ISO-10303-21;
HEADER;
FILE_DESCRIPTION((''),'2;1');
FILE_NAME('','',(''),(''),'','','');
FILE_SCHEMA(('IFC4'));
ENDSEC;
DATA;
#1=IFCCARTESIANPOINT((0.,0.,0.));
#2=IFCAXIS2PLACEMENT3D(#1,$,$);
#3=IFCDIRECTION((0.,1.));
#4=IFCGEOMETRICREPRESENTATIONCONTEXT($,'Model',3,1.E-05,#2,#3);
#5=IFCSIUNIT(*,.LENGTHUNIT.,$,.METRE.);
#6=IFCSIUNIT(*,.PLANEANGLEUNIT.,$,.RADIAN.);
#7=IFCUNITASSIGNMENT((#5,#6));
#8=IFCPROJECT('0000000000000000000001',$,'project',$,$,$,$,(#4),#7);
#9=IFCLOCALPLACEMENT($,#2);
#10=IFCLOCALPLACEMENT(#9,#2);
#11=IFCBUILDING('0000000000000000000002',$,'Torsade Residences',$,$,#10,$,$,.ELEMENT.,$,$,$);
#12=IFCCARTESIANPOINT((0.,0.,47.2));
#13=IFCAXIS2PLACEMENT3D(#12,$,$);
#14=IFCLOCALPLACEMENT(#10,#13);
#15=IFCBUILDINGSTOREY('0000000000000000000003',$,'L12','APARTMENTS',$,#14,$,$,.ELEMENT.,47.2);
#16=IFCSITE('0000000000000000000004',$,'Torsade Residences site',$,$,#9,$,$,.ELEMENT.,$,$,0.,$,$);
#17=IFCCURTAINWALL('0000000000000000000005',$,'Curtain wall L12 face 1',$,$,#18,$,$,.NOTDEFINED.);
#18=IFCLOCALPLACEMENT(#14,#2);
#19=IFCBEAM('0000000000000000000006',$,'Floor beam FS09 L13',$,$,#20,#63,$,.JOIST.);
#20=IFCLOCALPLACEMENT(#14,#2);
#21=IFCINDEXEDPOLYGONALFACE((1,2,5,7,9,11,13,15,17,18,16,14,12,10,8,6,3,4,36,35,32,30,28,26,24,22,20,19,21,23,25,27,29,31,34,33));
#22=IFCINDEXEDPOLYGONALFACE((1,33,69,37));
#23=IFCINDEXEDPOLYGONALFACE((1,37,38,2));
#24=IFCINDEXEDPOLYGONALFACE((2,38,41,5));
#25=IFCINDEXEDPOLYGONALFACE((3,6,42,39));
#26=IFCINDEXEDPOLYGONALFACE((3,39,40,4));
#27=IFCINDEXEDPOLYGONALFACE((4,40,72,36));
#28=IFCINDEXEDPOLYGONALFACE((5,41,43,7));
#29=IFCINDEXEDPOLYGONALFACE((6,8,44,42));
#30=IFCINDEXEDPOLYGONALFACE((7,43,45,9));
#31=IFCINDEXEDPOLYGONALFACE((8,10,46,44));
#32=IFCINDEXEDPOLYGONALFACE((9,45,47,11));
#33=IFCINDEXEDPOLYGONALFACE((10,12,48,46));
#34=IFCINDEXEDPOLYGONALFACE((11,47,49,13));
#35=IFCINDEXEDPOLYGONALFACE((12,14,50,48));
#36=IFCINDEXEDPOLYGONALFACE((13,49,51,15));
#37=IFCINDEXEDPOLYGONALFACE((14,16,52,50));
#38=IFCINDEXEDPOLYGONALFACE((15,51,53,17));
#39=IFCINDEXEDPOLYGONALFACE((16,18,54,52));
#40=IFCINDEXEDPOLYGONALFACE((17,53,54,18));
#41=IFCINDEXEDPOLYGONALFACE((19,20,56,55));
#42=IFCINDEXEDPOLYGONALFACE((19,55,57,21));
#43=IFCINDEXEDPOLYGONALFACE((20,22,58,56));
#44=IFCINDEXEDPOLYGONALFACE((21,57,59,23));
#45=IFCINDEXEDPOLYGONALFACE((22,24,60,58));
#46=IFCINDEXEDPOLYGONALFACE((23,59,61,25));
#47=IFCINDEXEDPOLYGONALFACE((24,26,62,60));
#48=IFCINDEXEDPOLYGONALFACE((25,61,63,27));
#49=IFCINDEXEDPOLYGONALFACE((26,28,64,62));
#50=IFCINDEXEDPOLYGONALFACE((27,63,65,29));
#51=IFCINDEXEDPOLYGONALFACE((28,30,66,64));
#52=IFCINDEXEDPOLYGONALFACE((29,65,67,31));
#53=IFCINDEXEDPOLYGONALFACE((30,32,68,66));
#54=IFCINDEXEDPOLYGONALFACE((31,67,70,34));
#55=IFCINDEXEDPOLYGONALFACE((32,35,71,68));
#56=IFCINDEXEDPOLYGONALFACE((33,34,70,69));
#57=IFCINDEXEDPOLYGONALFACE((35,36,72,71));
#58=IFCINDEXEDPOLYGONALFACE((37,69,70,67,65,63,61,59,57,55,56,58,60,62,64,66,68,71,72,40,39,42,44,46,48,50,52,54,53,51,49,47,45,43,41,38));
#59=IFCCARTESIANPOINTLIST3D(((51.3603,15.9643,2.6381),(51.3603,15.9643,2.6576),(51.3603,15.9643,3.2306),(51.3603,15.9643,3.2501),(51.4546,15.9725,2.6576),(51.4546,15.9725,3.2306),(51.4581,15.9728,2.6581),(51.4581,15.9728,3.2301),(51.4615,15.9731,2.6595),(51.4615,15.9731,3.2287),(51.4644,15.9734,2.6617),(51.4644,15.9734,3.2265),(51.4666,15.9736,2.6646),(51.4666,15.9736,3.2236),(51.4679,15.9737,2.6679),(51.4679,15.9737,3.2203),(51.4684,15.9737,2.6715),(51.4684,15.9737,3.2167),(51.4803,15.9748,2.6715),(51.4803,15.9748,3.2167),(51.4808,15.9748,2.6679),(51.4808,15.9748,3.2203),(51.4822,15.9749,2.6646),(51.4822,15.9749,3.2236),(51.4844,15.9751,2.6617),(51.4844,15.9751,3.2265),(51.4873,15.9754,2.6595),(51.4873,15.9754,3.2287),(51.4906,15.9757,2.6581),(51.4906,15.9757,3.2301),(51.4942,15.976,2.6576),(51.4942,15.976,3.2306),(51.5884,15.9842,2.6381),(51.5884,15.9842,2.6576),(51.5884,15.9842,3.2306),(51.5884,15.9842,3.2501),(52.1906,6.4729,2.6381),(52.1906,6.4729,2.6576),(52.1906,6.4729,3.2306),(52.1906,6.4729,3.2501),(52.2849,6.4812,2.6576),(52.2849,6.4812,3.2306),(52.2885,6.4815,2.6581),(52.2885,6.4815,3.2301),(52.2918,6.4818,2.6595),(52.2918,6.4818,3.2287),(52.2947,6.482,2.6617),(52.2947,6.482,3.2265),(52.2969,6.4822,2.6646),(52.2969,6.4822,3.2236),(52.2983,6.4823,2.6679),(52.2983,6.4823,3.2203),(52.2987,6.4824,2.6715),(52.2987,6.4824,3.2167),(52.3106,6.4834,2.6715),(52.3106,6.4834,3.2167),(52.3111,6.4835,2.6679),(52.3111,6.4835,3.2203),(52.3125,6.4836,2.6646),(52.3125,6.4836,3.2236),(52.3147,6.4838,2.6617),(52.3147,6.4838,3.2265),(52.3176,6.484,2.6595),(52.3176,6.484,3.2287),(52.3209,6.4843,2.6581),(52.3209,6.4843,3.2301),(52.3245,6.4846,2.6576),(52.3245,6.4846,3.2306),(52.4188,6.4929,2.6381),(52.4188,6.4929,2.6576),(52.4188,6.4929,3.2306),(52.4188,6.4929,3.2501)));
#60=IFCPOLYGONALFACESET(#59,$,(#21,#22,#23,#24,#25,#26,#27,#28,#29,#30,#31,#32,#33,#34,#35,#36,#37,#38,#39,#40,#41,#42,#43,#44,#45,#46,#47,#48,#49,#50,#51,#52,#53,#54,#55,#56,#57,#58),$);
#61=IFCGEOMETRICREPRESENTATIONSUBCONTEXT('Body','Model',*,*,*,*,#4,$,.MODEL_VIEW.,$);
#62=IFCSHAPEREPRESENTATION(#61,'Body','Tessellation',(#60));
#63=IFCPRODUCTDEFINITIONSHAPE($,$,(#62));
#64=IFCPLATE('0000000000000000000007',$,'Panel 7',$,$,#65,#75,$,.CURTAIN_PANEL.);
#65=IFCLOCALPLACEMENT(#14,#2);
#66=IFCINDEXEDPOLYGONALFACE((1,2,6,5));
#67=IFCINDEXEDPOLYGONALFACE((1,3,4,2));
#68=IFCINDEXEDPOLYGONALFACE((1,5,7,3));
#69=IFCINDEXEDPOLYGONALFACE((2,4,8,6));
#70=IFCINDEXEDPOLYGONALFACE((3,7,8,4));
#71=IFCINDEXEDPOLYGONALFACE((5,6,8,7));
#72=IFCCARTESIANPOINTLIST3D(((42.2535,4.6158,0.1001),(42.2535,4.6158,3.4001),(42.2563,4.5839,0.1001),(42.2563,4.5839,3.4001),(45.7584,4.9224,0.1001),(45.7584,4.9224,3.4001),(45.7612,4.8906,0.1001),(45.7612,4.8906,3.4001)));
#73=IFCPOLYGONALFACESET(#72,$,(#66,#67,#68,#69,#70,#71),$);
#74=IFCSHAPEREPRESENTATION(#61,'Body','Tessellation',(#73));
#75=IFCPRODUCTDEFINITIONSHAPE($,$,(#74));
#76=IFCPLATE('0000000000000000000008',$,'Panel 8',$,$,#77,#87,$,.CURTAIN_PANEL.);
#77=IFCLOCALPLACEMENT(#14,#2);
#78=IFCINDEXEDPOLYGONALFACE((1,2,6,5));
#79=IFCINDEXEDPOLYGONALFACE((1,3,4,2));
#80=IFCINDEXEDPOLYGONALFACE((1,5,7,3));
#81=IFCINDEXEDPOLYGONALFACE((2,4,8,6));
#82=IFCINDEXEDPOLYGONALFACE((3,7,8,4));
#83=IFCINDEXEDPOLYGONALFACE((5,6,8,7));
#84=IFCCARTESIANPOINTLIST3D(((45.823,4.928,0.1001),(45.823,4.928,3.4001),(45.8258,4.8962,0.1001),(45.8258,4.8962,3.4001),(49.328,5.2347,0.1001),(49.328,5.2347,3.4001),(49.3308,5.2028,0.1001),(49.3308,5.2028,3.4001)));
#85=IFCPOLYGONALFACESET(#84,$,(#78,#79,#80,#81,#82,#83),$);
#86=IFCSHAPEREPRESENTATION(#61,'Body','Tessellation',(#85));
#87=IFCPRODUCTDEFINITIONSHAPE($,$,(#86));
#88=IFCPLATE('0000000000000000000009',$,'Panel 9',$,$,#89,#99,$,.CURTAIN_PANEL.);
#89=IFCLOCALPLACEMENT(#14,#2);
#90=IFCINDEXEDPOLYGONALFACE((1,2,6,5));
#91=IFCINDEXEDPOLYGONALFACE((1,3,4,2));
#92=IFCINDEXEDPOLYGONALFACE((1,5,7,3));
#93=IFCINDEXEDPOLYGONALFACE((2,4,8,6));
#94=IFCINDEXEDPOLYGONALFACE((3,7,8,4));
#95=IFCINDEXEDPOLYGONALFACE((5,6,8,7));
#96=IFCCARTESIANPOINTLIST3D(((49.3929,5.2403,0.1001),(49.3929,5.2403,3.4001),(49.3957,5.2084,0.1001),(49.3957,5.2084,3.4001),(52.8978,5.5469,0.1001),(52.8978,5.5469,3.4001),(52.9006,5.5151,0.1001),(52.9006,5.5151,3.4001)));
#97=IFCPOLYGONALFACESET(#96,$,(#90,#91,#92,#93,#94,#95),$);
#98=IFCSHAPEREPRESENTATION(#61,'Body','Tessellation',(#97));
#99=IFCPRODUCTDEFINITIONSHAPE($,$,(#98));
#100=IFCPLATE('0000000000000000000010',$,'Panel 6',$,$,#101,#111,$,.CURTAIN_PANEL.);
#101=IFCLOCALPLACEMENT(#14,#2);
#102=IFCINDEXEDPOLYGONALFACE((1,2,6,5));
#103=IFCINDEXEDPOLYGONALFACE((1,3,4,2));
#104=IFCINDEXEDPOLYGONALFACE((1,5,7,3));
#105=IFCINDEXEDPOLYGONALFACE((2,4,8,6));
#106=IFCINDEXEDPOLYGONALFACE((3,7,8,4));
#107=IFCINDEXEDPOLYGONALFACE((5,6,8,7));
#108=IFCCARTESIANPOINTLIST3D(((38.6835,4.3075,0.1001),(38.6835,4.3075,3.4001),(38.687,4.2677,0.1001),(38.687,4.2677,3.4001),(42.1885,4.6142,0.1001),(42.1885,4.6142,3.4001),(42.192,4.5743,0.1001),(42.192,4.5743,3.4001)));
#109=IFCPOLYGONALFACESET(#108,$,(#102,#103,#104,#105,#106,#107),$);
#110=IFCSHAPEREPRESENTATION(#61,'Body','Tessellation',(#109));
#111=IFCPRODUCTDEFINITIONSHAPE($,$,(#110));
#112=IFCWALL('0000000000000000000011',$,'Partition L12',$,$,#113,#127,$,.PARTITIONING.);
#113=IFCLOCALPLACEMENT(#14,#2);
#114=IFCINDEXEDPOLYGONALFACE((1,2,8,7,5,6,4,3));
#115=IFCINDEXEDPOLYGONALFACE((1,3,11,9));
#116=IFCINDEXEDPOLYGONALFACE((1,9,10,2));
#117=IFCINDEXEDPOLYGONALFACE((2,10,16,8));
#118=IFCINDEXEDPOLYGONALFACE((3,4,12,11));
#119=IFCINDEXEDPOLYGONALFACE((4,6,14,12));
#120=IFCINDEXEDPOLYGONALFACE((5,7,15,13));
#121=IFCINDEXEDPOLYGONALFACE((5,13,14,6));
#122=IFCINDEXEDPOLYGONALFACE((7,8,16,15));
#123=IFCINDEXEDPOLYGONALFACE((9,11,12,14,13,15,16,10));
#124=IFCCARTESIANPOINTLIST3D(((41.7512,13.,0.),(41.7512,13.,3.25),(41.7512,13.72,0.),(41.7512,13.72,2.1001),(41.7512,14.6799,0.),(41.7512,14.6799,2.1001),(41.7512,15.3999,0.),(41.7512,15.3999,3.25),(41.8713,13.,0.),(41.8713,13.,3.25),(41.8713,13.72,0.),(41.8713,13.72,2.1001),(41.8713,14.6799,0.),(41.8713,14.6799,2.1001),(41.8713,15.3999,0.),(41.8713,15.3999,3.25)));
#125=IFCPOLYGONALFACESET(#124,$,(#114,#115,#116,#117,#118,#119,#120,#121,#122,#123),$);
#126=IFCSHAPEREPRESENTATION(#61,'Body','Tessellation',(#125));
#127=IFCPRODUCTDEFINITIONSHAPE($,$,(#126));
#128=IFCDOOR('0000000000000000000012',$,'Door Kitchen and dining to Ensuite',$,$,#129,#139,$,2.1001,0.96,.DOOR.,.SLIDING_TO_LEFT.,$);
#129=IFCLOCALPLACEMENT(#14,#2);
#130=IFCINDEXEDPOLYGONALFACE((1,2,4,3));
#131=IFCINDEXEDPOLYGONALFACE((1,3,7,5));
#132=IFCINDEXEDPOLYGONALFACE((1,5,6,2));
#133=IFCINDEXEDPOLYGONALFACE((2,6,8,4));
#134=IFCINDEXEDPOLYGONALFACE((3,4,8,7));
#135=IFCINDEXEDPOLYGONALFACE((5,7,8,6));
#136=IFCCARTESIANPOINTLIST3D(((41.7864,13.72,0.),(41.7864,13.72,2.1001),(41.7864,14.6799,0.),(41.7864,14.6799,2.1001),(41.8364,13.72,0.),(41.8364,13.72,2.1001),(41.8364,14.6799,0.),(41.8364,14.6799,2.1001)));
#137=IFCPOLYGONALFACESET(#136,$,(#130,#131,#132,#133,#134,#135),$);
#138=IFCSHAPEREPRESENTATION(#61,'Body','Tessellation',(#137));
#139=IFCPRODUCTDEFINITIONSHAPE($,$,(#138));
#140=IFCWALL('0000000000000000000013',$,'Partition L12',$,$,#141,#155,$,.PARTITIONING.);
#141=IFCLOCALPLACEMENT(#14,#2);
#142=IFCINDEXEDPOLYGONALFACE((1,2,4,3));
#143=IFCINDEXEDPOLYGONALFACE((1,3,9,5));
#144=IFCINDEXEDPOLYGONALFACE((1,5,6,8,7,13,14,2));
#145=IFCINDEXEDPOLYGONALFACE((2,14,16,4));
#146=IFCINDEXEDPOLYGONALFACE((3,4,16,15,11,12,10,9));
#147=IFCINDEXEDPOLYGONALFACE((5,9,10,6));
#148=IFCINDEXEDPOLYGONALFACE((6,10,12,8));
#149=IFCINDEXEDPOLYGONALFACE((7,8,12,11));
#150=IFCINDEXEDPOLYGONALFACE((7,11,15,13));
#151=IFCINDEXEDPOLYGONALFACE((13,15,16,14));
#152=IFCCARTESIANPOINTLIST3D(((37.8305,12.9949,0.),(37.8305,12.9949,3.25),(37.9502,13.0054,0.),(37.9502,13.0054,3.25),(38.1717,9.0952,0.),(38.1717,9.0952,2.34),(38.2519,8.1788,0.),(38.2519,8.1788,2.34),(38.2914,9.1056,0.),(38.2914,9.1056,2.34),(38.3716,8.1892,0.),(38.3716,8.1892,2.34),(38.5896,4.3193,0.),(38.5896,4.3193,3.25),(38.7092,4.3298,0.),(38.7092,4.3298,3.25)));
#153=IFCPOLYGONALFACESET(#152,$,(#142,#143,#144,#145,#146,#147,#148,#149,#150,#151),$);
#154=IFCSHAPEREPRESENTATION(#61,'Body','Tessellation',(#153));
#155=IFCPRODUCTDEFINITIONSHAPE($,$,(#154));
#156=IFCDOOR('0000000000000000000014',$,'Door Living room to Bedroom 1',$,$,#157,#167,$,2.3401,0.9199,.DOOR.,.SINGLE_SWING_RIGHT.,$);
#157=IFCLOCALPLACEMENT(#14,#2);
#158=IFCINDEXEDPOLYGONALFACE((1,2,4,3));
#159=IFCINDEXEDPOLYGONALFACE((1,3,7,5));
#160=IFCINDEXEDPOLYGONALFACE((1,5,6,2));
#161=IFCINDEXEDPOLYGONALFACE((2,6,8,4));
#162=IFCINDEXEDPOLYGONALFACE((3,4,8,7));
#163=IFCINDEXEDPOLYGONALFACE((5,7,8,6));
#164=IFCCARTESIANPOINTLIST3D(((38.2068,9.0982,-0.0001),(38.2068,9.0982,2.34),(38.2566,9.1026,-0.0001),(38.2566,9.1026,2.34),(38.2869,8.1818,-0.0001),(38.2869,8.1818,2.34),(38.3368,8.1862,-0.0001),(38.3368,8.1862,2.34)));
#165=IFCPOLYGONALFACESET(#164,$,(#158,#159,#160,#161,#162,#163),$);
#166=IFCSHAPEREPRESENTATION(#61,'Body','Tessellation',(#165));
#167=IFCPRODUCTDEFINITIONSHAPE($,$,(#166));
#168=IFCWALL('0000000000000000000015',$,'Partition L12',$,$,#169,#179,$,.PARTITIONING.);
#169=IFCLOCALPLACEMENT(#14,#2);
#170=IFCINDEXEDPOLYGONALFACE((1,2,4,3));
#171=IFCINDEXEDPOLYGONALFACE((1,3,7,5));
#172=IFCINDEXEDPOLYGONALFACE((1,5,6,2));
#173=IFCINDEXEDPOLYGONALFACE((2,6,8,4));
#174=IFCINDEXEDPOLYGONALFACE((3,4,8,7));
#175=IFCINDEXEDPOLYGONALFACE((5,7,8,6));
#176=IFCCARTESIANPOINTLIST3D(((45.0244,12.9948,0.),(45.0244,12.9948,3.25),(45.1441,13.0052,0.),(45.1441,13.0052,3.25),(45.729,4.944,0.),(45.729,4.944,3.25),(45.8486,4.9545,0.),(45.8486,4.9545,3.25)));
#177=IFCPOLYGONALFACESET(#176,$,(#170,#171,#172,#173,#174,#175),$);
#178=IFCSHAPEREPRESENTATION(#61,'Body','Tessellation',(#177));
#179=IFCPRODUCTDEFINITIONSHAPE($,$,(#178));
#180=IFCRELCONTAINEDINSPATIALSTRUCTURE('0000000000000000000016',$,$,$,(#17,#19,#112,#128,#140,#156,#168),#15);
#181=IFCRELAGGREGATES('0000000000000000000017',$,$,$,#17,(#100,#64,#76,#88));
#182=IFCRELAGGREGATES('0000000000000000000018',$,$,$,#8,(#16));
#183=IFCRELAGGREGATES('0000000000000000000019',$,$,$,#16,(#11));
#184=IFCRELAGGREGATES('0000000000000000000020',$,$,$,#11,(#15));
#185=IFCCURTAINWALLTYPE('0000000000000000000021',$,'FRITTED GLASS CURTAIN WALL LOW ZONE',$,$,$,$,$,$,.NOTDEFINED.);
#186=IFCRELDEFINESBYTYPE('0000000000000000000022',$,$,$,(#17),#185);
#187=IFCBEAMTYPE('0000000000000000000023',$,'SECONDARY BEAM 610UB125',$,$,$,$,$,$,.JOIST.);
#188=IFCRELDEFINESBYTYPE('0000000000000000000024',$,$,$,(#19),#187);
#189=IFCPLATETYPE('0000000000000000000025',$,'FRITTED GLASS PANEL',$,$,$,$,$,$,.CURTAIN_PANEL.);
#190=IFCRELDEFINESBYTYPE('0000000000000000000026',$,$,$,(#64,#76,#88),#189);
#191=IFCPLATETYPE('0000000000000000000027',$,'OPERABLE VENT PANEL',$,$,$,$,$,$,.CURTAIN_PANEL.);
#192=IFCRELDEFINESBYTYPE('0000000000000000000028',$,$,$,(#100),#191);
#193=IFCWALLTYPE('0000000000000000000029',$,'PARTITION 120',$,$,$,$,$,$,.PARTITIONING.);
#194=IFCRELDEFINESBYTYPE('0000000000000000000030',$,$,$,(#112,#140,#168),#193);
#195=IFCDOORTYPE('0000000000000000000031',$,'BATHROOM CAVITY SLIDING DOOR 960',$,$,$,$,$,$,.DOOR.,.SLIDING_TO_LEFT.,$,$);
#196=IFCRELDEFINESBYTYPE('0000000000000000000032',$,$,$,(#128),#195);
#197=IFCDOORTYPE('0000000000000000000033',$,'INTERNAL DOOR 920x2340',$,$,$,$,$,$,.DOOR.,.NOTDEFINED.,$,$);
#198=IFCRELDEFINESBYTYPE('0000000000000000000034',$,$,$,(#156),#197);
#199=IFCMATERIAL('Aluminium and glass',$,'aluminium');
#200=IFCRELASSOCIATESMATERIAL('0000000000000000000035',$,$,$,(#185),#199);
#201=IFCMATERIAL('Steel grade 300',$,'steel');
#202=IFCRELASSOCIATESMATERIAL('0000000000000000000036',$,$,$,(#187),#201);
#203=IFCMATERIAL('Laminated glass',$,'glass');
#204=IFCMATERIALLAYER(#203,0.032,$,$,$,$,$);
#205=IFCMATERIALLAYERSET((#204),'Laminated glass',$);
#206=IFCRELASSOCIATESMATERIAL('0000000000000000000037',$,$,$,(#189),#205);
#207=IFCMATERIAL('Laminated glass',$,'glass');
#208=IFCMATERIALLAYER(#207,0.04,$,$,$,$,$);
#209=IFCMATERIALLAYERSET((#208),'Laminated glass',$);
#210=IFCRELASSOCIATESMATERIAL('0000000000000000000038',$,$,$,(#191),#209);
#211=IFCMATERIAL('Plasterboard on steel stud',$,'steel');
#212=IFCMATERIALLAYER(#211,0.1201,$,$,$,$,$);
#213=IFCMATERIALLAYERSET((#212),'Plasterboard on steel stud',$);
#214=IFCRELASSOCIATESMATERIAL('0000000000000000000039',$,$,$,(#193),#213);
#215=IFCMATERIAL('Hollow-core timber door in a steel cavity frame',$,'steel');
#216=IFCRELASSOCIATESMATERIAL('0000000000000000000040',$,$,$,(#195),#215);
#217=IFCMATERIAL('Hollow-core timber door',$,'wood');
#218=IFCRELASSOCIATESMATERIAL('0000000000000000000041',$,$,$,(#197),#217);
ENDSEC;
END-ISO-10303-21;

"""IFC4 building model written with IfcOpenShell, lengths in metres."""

from ifc_helpers import new_model, si_unit, direction, frame, frame_2d, origin, origin_2d, place, context, subcontext, project, spatial, rectangle, i_section, extrude, material, layer, layer_set, material_profile, profile_set, type_object, element, fill, aggregate, save


model = new_model("IFC4")

# Units and contexts
model_context = context("Model", 3, precision=1e-05, world=origin(), true_north=direction((0.0, 1.0)))
body_context = subcontext(model_context, "Body", "Model", "MODEL_VIEW")
ifc_project = project(units=[si_unit("LENGTHUNIT", "METRE"), si_unit("PLANEANGLEUNIT", "RADIAN")], contexts=[model_context])

# Site, building, storey
site_placement = place(None, origin())
site = spatial("IfcSite", under=ifc_project, at=site_placement, Name="Torsade Residences site", CompositionType="ELEMENT", RefElevation=0.0)
building_placement = place(site_placement, origin())
building = spatial("IfcBuilding", under=site, at=building_placement, Name="Torsade Residences", CompositionType="ELEMENT")
storey_placement = place(building_placement, frame((0.0, 0.0, 47.2)))
storey = spatial("IfcBuildingStorey", under=building, at=storey_placement, Name="L12", Description="APARTMENTS", CompositionType="ELEMENT", Elevation=47.2)

# Curtain wall
ifc_material_1 = material(Name="Aluminium and glass", Category="aluminium")
curtain_wall_type = type_object("IfcCurtainWallType", Name="FRITTED GLASS CURTAIN WALL LOW ZONE", PredefinedType="NOTDEFINED", material=ifc_material_1)
curtain_wall_placement = place(storey_placement, origin())
curtain_wall = element("IfcCurtainWall", 1, at=curtain_wall_placement, inside=storey, type_object=curtain_wall_type, Name="Curtain wall L12 face 1", PredefinedType="NOTDEFINED")

# Beam
ifc_material_2 = material(Name="Steel grade 300", Category="steel")
ifc_material_profile_1 = material_profile(ifc_material_2, i_section(OverallWidth=0.229, OverallDepth=0.6121, WebThickness=0.012, FlangeThickness=0.0195, FilletRadius=0.0139, at=origin_2d()), Name="610UB125")
ifc_profile_set_1 = profile_set([ifc_material_profile_1], Name="Steel grade 300")
beam_type_1 = type_object("IfcBeamType", Name="SECONDARY BEAM 610UB125", PredefinedType="JOIST", material=ifc_profile_set_1)
beam_1_placement = place(storey_placement, frame((52.3047, 6.4829, 2.9441), z_axis=(-0.087148, 0.996195, 0.0), x_axis=(-0.996195, -0.087148, 0.0)))
element("IfcBeam", 2, at=beam_1_placement, inside=storey, type_object=beam_type_1, Name="Floor beam FS09 L13", PredefinedType="JOIST", context=body_context, shape_type="SweptSolid", body=[
    extrude(i_section(OverallWidth=0.229, OverallDepth=0.6121, WebThickness=0.012, FlangeThickness=0.0195, FilletRadius=0.0139, at=origin_2d()), origin(), (0.0, 0.0, 1.0), 9.5276),
])

# Plates
ifc_material_3 = material(Name="Laminated glass", Category="glass")
ifc_layer_1 = layer(ifc_material_3, 0.032)
ifc_layer_set_1 = layer_set([ifc_layer_1], Name="Laminated glass")
plate_type_1 = type_object("IfcPlateType", Name="FRITTED GLASS PANEL", PredefinedType="CURTAIN_PANEL", material=ifc_layer_set_1)
plate_1_placement = place(storey_placement, frame((44.0073, 4.7532, 0.1001), z_axis=(0.0, 0.0, 1.0), x_axis=(0.996195, 0.087156, 0.0)))
plate_1 = element("IfcPlate", 3, at=plate_1_placement, type_object=plate_type_1, Name="Panel 7", PredefinedType="CURTAIN_PANEL", context=body_context, shape_type="SweptSolid", body=[
    extrude(rectangle(XDim=3.5183, YDim=0.032, at=origin_2d()), origin(), (0.0, 0.0, 1.0), 3.3),
])
plate_2_placement = place(storey_placement, frame((47.5769, 5.0654, 0.1001), z_axis=(0.0, 0.0, 1.0), x_axis=(0.996195, 0.087156, 0.0)))
plate_2 = element("IfcPlate", 4, at=plate_2_placement, type_object=plate_type_1, Name="Panel 8", PredefinedType="CURTAIN_PANEL", context=body_context, shape_type="SweptSolid", body=[
    extrude(rectangle(XDim=3.5183, YDim=0.032, at=origin_2d()), origin(), (0.0, 0.0, 1.0), 3.3),
])
plate_3_placement = place(storey_placement, frame((51.1467, 5.3777, 0.1001), z_axis=(0.0, 0.0, 1.0), x_axis=(0.996195, 0.087156, 0.0)))
plate_3 = element("IfcPlate", 5, at=plate_3_placement, type_object=plate_type_1, Name="Panel 9", PredefinedType="CURTAIN_PANEL", context=body_context, shape_type="SweptSolid", body=[
    extrude(rectangle(XDim=3.5183, YDim=0.032, at=origin_2d()), origin(), (0.0, 0.0, 1.0), 3.3),
])
ifc_material_4 = material(Name="Laminated glass", Category="glass")
ifc_layer_2 = layer(ifc_material_4, 0.04)
ifc_layer_set_2 = layer_set([ifc_layer_2], Name="Laminated glass")
plate_type_2 = type_object("IfcPlateType", Name="OPERABLE VENT PANEL", PredefinedType="CURTAIN_PANEL", material=ifc_layer_set_2)
plate_4_placement = place(storey_placement, frame((40.4377, 4.4409, 0.1001), z_axis=(0.0, 0.0, 1.0), x_axis=(0.996195, 0.087156, 0.0)))
plate_4 = element("IfcPlate", 6, at=plate_4_placement, type_object=plate_type_2, Name="Panel 6", PredefinedType="CURTAIN_PANEL", context=body_context, shape_type="SweptSolid", body=[
    extrude(rectangle(XDim=3.5183, YDim=0.04, at=origin_2d()), origin(), (0.0, 0.0, 1.0), 3.3),
])
aggregate(curtain_wall, [plate_4, plate_1, plate_2, plate_3])

# Walls, openings, doors
ifc_material_5 = material(Name="Plasterboard on steel stud", Category="steel")
ifc_layer_3 = layer(ifc_material_5, 0.1201)
ifc_layer_set_3 = layer_set([ifc_layer_3], Name="Plasterboard on steel stud")
wall_type_1 = type_object("IfcWallType", Name="PARTITION 120", PredefinedType="PARTITIONING", material=ifc_layer_set_3)
wall_1_placement = place(storey_placement, frame((41.8113, 13.0, 0.0), z_axis=(0.0, 0.0, 1.0), x_axis=(0.0, 1.0, 0.0)))
wall_1 = element("IfcWall", 7, at=wall_1_placement, inside=storey, type_object=wall_type_1, Name="Partition L12", PredefinedType="PARTITIONING", context=body_context, shape_type="SweptSolid", body=[
    extrude(rectangle(XDim=2.3999, YDim=0.1201, at=frame_2d((1.2, 0.0))), origin(), (0.0, 0.0, 1.0), 3.25),
])
opening_1_placement = place(wall_1_placement, frame((0.72, 0.0, 0.0)))
opening_1 = element("IfcOpeningElement", 8, at=opening_1_placement, cuts=wall_1, PredefinedType="OPENING", context=body_context, shape_type="SweptSolid", body=[
    extrude(rectangle(XDim=0.96, YDim=2.1001, at=frame_2d((0.48, 1.05))), frame((0.0, 0.0701, 0.0), z_axis=(0.0, -1.0, 0.0), x_axis=(1.0, 0.0, 0.0)), (0.0, 0.0, 1.0), 0.1401),
])
ifc_material_6 = material(Name="Hollow-core timber door in a steel cavity frame", Category="steel")
door_type_1 = type_object("IfcDoorType", Name="BATHROOM CAVITY SLIDING DOOR 960", OperationType="SLIDING_TO_LEFT", PredefinedType="DOOR", material=ifc_material_6)
door_1_placement = place(opening_1_placement, origin())
door_1 = element("IfcDoor", 9, at=door_1_placement, inside=storey, type_object=door_type_1, Name="Door Kitchen and dining to Ensuite", OperationType="SLIDING_TO_LEFT", OverallHeight=2.1001, OverallWidth=0.96, PredefinedType="DOOR", context=body_context, shape_type="SweptSolid", body=[
    extrude(rectangle(XDim=0.96, YDim=2.1001, at=frame_2d((0.48, 1.05))), frame((0.0, 0.0249, 0.0), z_axis=(0.0, -1.0, 0.0), x_axis=(1.0, 0.0, 0.0)), (0.0, 0.0, 1.0), 0.05),
])
fill(opening_1, door_1)
wall_2_placement = place(storey_placement, frame((38.6494, 4.3245, 0.0), z_axis=(0.0, 0.0, 1.0), x_axis=(-0.087158, 0.996194, 0.0)))
wall_2 = element("IfcWall", 10, at=wall_2_placement, inside=storey, type_object=wall_type_1, Name="Partition L12", PredefinedType="PARTITIONING", context=body_context, shape_type="SweptSolid", body=[
    extrude(rectangle(XDim=8.7087, YDim=0.1201, at=frame_2d((4.3545, 0.0))), origin(), (0.0, 0.0, 1.0), 3.25),
])
opening_2_placement = place(wall_2_placement, frame((3.8743, 0.0, 0.0)))
opening_2 = element("IfcOpeningElement", 11, at=opening_2_placement, cuts=wall_2, PredefinedType="OPENING", context=body_context, shape_type="SweptSolid", body=[
    extrude(rectangle(XDim=0.9199, YDim=2.3401, at=frame_2d((0.46, 1.1699))), frame((0.0, 0.0701, 0.0), z_axis=(0.0, -1.0, 0.0), x_axis=(1.0, 0.0, 0.0)), (0.0, 0.0, 1.0), 0.1401),
])
ifc_material_7 = material(Name="Hollow-core timber door", Category="wood")
door_type_2 = type_object("IfcDoorType", Name="INTERNAL DOOR 920x2340", OperationType="NOTDEFINED", PredefinedType="DOOR", material=ifc_material_7)
door_2_placement = place(opening_2_placement, origin())
door_2 = element("IfcDoor", 12, at=door_2_placement, inside=storey, type_object=door_type_2, Name="Door Living room to Bedroom 1", OperationType="SINGLE_SWING_RIGHT", OverallHeight=2.3401, OverallWidth=0.9199, PredefinedType="DOOR", context=body_context, shape_type="SweptSolid", body=[
    extrude(rectangle(XDim=0.9199, YDim=2.3401, at=frame_2d((0.46, 1.1699))), frame((0.0, 0.0249, 0.0), z_axis=(0.0, -1.0, 0.0), x_axis=(1.0, 0.0, 0.0)), (0.0, 0.0, 1.0), 0.05),
])
fill(opening_2, door_2)

# Wall
wall_3_placement = place(storey_placement, frame((45.0842, 13.0, 0.0), z_axis=(0.0, 0.0, 1.0), x_axis=(0.087185, -0.996192, 0.0)))
element("IfcWall", 13, at=wall_3_placement, inside=storey, type_object=wall_type_1, Name="Partition L12", PredefinedType="PARTITIONING", context=body_context, shape_type="SweptSolid", body=[
    extrude(rectangle(XDim=8.0815, YDim=0.1201, at=frame_2d((4.0408, 0.0))), origin(), (0.0, 0.0, 1.0), 3.25),
])

save(model, "model.ifc")
